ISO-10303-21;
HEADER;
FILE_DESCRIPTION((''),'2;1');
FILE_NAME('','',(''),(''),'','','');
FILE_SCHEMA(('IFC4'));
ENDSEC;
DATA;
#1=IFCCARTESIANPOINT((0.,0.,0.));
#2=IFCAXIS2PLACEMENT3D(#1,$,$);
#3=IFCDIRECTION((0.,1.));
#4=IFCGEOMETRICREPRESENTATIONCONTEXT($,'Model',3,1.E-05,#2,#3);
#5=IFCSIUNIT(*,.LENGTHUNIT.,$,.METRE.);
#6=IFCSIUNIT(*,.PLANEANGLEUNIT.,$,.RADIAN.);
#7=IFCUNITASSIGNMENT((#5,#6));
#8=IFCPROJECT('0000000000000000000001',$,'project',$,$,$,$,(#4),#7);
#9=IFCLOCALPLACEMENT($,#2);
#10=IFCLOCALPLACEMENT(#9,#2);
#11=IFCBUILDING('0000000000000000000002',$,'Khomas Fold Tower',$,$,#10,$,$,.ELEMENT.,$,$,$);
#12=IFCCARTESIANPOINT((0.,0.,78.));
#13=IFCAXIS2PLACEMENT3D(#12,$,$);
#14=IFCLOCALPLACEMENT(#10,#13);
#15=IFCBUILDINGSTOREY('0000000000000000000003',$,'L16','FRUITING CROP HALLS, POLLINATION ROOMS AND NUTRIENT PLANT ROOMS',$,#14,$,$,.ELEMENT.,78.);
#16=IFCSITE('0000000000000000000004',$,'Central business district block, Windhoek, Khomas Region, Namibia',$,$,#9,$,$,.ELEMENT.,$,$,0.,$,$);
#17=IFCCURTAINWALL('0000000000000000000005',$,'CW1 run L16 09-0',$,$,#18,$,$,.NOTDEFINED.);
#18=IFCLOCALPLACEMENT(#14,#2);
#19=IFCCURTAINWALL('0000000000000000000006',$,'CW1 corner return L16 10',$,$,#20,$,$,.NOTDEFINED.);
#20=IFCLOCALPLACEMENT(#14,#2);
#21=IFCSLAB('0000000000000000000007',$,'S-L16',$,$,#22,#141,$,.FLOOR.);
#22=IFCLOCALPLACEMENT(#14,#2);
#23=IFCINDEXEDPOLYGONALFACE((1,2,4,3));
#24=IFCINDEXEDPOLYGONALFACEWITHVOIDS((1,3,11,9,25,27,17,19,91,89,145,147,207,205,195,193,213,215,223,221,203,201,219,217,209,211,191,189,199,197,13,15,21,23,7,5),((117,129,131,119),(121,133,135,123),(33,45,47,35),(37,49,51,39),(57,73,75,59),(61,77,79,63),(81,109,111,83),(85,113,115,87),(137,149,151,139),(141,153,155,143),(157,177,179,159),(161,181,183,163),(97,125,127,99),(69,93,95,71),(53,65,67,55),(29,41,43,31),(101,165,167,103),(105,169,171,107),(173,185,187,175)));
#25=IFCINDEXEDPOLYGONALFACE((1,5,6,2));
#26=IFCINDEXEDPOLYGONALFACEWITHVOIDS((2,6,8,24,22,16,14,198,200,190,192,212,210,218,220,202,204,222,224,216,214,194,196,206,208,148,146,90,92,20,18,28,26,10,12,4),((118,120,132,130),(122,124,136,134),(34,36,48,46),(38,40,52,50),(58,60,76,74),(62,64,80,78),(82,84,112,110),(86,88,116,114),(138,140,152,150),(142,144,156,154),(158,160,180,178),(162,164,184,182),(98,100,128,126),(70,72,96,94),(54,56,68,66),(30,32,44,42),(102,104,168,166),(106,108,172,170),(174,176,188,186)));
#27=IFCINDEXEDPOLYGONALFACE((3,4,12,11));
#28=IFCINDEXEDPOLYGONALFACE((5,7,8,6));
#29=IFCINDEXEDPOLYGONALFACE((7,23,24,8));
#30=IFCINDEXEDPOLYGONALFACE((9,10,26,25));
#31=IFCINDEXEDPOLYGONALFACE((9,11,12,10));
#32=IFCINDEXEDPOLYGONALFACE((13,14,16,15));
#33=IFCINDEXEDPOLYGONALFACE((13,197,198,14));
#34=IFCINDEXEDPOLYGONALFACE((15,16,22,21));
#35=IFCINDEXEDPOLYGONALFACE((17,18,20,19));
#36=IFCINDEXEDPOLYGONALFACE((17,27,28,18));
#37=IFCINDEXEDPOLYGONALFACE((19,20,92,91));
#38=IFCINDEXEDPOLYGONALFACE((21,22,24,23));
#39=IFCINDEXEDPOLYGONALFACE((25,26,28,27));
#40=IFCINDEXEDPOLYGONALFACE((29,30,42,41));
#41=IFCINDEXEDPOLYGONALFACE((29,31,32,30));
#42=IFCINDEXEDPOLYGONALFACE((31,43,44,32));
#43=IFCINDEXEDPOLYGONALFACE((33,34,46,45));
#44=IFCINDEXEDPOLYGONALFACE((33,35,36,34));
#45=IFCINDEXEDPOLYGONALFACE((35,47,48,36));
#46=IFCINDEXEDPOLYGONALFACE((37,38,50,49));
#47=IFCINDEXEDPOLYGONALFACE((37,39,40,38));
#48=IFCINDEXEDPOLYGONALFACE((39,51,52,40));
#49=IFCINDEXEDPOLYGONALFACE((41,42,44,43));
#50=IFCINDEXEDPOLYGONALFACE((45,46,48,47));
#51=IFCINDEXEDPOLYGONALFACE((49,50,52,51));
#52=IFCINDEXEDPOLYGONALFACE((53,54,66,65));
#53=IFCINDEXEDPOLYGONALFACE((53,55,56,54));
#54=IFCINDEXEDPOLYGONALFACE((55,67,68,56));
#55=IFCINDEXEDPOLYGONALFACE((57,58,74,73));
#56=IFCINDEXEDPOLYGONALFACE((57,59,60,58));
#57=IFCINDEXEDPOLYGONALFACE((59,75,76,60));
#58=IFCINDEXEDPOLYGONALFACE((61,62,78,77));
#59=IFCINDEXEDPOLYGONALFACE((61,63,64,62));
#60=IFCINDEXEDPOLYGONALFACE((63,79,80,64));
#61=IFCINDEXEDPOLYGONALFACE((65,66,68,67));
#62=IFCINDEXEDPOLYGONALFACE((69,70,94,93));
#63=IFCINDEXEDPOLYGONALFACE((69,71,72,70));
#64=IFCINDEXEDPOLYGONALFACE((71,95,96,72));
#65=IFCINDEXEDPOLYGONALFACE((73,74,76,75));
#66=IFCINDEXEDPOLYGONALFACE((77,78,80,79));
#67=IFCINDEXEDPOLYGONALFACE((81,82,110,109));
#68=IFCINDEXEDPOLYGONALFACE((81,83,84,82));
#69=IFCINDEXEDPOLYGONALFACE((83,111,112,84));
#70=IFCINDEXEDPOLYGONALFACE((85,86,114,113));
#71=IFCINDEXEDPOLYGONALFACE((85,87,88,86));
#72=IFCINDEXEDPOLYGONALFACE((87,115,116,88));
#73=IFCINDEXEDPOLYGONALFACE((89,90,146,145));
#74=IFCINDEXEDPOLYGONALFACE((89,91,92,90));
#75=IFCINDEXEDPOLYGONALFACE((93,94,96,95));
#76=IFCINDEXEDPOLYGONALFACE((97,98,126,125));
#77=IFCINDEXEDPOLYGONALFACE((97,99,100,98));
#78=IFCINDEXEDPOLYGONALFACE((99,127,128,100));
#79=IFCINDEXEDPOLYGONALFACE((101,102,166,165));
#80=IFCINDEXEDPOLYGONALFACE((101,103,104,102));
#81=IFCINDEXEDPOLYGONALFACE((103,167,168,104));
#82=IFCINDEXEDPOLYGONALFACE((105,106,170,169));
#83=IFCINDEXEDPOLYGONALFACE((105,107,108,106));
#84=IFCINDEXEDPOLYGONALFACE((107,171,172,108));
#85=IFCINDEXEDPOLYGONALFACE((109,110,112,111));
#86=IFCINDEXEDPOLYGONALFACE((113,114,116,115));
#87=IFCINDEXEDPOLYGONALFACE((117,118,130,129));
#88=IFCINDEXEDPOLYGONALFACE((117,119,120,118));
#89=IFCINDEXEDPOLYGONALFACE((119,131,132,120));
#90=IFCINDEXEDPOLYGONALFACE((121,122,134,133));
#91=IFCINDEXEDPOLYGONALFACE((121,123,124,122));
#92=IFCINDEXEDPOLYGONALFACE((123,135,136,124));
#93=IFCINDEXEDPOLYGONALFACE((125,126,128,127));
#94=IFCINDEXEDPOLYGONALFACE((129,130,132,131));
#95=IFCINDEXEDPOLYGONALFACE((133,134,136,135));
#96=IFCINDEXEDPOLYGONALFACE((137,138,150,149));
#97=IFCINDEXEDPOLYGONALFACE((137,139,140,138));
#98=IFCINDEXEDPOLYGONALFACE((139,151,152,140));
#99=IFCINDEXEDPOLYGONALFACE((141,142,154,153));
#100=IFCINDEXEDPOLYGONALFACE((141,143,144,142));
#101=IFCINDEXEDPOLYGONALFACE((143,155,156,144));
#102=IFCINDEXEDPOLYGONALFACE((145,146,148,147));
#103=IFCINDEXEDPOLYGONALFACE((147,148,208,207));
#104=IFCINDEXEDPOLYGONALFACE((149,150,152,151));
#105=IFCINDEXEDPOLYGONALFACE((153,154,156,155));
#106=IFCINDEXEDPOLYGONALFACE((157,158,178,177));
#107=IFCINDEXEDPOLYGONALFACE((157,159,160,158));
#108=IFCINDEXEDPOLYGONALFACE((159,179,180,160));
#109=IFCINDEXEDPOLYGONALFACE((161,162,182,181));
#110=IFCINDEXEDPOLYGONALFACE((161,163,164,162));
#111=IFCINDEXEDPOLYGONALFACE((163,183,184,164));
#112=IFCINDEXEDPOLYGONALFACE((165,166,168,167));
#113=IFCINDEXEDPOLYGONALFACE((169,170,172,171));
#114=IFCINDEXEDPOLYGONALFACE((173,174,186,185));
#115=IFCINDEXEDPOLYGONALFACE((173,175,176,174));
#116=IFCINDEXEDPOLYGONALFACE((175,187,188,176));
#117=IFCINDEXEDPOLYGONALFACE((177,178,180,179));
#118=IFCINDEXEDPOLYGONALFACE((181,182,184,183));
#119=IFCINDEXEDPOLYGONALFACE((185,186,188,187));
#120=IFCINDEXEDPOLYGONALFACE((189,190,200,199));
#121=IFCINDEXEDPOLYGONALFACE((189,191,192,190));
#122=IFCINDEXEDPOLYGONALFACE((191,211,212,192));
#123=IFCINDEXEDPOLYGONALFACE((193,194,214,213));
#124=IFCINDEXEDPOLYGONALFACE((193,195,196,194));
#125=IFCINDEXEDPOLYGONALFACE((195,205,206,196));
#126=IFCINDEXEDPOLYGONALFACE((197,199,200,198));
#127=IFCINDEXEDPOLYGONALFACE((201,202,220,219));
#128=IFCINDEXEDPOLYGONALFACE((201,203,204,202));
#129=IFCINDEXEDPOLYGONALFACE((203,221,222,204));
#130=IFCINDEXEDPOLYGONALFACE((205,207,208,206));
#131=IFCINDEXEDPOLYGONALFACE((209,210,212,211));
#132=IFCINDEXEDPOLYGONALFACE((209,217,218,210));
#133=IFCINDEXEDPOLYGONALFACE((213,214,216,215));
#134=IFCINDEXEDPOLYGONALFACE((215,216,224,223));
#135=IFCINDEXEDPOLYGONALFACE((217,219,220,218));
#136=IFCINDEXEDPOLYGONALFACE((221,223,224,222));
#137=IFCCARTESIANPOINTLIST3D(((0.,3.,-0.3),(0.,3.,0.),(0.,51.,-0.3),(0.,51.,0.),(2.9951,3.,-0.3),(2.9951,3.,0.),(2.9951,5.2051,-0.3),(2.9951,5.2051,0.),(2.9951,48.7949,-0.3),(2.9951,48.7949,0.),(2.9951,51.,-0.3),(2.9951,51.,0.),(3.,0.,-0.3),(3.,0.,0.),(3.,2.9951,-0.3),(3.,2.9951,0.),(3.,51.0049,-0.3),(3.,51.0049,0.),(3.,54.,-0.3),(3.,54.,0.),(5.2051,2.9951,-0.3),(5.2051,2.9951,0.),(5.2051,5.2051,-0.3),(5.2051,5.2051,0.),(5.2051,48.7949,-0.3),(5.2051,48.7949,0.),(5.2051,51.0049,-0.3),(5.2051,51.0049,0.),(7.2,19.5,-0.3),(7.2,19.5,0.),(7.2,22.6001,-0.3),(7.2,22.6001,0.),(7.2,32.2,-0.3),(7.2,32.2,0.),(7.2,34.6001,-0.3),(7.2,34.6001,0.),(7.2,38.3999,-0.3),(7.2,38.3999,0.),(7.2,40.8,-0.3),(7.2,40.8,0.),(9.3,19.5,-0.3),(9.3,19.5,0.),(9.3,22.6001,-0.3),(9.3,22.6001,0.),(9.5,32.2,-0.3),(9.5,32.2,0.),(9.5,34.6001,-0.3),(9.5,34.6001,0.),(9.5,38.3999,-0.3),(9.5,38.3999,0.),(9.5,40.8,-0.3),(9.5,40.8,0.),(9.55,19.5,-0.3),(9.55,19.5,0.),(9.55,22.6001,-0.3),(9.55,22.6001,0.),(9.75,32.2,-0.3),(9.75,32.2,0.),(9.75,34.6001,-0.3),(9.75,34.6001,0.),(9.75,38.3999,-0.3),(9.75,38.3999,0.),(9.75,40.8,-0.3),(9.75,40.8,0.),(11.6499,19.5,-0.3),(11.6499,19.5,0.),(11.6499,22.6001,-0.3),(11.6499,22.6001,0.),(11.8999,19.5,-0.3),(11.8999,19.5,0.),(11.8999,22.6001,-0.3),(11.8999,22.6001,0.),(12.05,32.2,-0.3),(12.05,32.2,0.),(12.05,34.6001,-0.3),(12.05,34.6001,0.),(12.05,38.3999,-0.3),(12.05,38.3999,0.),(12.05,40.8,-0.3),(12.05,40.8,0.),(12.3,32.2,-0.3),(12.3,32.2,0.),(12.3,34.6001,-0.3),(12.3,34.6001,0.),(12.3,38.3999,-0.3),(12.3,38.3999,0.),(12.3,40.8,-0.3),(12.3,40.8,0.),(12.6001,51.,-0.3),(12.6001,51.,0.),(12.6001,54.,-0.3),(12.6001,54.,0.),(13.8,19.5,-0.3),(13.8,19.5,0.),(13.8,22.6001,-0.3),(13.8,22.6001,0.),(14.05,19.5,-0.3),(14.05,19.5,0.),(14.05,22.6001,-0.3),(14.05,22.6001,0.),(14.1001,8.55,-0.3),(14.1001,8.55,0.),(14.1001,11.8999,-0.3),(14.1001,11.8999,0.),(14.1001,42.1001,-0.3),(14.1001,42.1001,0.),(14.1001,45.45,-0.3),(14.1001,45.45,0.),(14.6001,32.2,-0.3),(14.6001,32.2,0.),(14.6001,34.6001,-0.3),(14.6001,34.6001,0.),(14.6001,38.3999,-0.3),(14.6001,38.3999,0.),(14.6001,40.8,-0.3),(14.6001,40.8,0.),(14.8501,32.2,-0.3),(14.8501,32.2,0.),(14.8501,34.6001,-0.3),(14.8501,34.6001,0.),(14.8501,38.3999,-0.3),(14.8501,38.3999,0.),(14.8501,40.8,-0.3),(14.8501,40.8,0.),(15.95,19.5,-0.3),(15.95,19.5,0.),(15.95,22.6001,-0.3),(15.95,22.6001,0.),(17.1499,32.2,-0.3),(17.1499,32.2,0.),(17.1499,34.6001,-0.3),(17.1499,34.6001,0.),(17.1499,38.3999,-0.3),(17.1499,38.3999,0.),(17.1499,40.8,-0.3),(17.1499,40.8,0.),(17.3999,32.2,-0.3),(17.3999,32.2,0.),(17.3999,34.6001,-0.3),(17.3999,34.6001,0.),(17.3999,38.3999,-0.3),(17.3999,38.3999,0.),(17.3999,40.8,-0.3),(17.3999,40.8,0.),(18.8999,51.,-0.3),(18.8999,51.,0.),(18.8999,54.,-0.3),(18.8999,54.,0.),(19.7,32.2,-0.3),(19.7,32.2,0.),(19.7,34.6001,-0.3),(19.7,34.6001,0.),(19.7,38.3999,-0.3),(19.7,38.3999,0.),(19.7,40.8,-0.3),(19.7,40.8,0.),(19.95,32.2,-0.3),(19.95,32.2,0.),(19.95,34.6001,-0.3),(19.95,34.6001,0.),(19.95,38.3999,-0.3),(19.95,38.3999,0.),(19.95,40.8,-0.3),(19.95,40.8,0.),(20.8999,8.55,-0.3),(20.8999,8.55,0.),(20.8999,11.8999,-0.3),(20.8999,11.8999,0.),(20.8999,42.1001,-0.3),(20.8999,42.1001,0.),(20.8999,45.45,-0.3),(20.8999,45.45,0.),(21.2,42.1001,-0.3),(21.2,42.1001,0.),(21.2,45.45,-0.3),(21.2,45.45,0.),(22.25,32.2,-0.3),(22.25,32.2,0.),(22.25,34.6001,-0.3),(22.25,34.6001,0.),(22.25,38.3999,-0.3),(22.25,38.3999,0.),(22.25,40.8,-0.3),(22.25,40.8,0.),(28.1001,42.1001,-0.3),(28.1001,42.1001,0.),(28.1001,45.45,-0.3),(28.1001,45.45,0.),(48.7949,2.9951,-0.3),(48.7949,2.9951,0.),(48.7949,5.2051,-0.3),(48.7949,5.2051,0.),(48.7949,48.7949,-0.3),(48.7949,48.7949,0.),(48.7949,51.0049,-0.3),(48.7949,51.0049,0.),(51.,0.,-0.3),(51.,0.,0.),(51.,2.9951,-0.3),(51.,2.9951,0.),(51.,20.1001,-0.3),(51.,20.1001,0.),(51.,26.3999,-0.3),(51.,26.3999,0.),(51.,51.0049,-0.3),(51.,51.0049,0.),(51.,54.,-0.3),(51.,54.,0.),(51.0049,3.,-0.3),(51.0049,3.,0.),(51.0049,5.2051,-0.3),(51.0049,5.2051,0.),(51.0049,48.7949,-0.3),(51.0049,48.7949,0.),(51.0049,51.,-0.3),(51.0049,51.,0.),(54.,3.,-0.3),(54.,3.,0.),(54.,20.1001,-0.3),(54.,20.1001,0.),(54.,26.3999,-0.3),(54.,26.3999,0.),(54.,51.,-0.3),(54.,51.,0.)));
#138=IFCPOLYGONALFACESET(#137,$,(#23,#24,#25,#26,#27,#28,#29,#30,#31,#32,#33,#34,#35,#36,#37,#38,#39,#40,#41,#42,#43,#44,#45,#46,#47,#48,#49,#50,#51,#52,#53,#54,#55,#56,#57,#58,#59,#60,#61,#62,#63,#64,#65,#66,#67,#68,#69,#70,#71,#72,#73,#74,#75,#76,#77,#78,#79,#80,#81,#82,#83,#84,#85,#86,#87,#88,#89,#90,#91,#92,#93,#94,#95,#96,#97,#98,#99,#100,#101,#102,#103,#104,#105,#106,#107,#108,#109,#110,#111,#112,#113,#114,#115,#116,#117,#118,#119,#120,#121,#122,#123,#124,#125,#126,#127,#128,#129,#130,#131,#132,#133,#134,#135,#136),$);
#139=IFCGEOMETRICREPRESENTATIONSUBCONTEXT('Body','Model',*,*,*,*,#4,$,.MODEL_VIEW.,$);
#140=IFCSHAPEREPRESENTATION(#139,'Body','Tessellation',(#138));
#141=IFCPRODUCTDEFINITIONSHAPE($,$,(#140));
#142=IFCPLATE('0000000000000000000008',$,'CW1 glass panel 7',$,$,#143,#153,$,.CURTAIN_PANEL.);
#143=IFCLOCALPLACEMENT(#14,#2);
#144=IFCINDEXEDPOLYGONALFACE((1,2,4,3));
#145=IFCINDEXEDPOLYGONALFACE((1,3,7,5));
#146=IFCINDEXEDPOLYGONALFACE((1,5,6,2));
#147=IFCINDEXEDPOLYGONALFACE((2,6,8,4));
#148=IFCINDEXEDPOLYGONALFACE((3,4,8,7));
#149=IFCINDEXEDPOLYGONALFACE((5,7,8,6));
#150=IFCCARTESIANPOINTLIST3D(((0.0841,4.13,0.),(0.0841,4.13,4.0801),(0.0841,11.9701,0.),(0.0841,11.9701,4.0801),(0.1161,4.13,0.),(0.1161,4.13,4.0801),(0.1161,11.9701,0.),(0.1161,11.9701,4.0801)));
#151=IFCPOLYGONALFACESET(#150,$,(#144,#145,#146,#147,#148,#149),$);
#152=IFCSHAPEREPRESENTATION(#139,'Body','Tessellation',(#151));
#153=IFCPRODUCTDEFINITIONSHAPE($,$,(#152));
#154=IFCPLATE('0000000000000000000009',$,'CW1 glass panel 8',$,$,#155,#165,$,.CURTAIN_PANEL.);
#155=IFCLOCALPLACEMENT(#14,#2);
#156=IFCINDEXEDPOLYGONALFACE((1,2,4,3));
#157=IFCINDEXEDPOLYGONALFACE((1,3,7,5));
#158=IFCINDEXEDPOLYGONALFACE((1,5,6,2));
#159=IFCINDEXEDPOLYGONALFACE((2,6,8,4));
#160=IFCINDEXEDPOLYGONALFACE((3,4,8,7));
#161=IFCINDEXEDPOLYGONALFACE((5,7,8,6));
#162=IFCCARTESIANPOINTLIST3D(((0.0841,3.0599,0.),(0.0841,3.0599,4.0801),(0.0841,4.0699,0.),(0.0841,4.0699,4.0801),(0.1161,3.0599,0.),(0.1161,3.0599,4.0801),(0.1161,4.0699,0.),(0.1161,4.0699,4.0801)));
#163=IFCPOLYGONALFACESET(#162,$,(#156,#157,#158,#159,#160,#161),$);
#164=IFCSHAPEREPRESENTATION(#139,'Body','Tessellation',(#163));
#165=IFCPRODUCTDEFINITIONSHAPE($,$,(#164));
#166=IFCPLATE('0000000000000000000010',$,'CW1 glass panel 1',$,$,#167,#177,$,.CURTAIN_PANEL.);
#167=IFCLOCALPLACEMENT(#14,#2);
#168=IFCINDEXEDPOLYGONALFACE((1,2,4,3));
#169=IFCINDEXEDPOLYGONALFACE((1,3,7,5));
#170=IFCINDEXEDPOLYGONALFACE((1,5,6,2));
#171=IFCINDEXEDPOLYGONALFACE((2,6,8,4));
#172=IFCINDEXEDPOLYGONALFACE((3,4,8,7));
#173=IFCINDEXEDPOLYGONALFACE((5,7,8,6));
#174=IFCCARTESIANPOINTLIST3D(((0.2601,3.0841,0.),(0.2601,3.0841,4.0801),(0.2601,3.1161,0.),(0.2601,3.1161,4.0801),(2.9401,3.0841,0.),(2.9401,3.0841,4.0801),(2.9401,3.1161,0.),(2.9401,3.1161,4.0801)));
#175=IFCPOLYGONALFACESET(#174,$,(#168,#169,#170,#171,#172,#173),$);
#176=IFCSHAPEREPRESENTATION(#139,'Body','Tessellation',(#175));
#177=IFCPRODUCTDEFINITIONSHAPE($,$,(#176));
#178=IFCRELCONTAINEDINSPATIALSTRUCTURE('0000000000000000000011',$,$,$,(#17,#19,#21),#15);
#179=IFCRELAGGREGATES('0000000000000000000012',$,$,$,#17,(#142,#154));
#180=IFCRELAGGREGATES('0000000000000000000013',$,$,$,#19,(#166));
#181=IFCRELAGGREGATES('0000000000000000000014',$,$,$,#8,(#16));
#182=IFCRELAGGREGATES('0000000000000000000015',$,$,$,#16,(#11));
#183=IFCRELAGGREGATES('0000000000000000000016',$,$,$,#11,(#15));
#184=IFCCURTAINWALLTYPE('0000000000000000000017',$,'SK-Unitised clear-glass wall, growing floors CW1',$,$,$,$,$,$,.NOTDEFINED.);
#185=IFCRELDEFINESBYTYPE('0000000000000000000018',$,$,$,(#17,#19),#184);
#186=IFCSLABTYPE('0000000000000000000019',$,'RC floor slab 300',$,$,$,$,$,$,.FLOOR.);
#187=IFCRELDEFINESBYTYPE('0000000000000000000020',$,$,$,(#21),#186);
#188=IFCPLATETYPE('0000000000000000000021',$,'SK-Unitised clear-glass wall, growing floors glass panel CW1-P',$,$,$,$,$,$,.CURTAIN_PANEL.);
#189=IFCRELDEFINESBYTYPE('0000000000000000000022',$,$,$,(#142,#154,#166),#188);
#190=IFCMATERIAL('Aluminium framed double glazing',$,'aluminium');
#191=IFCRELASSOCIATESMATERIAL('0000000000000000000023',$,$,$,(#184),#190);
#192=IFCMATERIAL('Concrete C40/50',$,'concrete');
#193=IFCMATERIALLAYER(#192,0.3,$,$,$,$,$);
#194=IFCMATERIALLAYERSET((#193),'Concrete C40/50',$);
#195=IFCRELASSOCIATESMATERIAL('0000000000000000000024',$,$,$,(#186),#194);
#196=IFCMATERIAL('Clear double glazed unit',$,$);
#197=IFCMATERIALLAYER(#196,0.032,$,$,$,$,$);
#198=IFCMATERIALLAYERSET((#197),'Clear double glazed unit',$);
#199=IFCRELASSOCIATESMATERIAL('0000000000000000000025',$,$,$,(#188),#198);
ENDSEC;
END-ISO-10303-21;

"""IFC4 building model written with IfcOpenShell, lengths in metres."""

from ifc_helpers import new_model, si_unit, direction, frame, origin, origin_2d, place, context, subcontext, project, spatial, polyline, rectangle, outline, extrude, source, transform, mapped, material, layer, layer_set, type_object, element, aggregate, save


model = new_model("IFC4")

# Units and contexts
model_context = context("Model", 3, precision=1e-05, world=origin(), true_north=direction((0.0, 1.0)))
body_context = subcontext(model_context, "Body", "Model", "MODEL_VIEW")
ifc_project = project(units=[si_unit("LENGTHUNIT", "METRE"), si_unit("PLANEANGLEUNIT", "RADIAN")], contexts=[model_context])

# Site, building, storey
site_placement = place(None, origin())
site = spatial("IfcSite", under=ifc_project, at=site_placement, Name="Central business district block, Windhoek, Khomas Region, Namibia", CompositionType="ELEMENT", RefElevation=0.0)
building_placement = place(site_placement, origin())
building = spatial("IfcBuilding", under=site, at=building_placement, Name="Khomas Fold Tower", CompositionType="ELEMENT")
storey_placement = place(building_placement, frame((0.0, 0.0, 78.0)))
storey = spatial("IfcBuildingStorey", under=building, at=storey_placement, Name="L16", Description="FRUITING CROP HALLS, POLLINATION ROOMS AND NUTRIENT PLANT ROOMS", CompositionType="ELEMENT", Elevation=78.0)

# Curtain walls
ifc_material_1 = material(Name="Aluminium framed double glazing", Category="aluminium")
curtain_wall_type = type_object("IfcCurtainWallType", Name="SK-Unitised clear-glass wall, growing floors CW1", PredefinedType="NOTDEFINED", material=ifc_material_1)
curtain_wall_1_placement = place(storey_placement, origin())
curtain_wall_1 = element("IfcCurtainWall", 1, at=curtain_wall_1_placement, inside=storey, type_object=curtain_wall_type, Name="CW1 run L16 09-0", PredefinedType="NOTDEFINED")
curtain_wall_2_placement = place(storey_placement, origin())
curtain_wall_2 = element("IfcCurtainWall", 2, at=curtain_wall_2_placement, inside=storey, type_object=curtain_wall_type, Name="CW1 corner return L16 10", PredefinedType="NOTDEFINED")

# Slab
ifc_material_2 = material(Name="Concrete C40/50", Category="concrete")
ifc_layer_1 = layer(ifc_material_2, 0.3)
ifc_layer_set_1 = layer_set([ifc_layer_1], Name="Concrete C40/50")
slab_type_1 = type_object("IfcSlabType", Name="RC floor slab 300", PredefinedType="FLOOR", material=ifc_layer_set_1)
shared_shape_1 = source(origin(), body_context, "Body", "SweptSolid", [
    extrude(outline(polyline([(0.0, 3.0), (2.9951, 3.0), (2.9951, 5.2051), (5.2051, 5.2051), (5.2051, 2.9951), (3.0, 2.9951), (3.0, 0.0), (51.0, 0.0), (51.0, 2.9951), (48.7949, 2.9951), (48.7949, 5.2051), (51.0049, 5.2051), (51.0049, 3.0), (54.0, 3.0), (54.0, 20.1001), (51.0, 20.1001), (51.0, 26.3999), (54.0, 26.3999), (54.0, 51.0), (51.0049, 51.0), (51.0049, 48.7949), (48.7949, 48.7949), (48.7949, 51.0049), (51.0, 51.0049), (51.0, 54.0), (18.8999, 54.0), (18.8999, 51.0), (12.6001, 51.0), (12.6001, 54.0), (3.0, 54.0), (3.0, 51.0049), (5.2051, 51.0049), (5.2051, 48.7949), (2.9951, 48.7949), (2.9951, 51.0), (0.0, 51.0), (0.0, 3.0)]), holes=[polyline([(7.2, 19.5), (7.2, 22.6001), (9.3, 22.6001), (9.3, 19.5), (7.2, 19.5)]), polyline([(7.2, 32.2), (7.2, 34.6001), (9.5, 34.6001), (9.5, 32.2), (7.2, 32.2)]), polyline([(7.2, 38.3999), (7.2, 40.8), (9.5, 40.8), (9.5, 38.3999), (7.2, 38.3999)]), polyline([(9.55, 19.5), (9.55, 22.6001), (11.6499, 22.6001), (11.6499, 19.5), (9.55, 19.5)]), polyline([(9.75, 32.2), (9.75, 34.6001), (12.05, 34.6001), (12.05, 32.2), (9.75, 32.2)]), polyline([(9.75, 38.3999), (9.75, 40.8), (12.05, 40.8), (12.05, 38.3999), (9.75, 38.3999)]), polyline([(11.8999, 19.5), (11.8999, 22.6001), (13.8, 22.6001), (13.8, 19.5), (11.8999, 19.5)]), polyline([(12.3, 32.2), (12.3, 34.6001), (14.6001, 34.6001), (14.6001, 32.2), (12.3, 32.2)]), polyline([(12.3, 38.3999), (12.3, 40.8), (14.6001, 40.8), (14.6001, 38.3999), (12.3, 38.3999)]), polyline([(14.05, 19.5), (14.05, 22.6001), (15.95, 22.6001), (15.95, 19.5), (14.05, 19.5)]), polyline([(14.1001, 8.55), (14.1001, 11.8999), (20.8999, 11.8999), (20.8999, 8.55), (14.1001, 8.55)]), polyline([(14.1001, 42.1001), (14.1001, 45.45), (20.8999, 45.45), (20.8999, 42.1001), (14.1001, 42.1001)]), polyline([(14.8501, 32.2), (14.8501, 34.6001), (17.1499, 34.6001), (17.1499, 32.2), (14.8501, 32.2)]), polyline([(14.8501, 38.3999), (14.8501, 40.8), (17.1499, 40.8), (17.1499, 38.3999), (14.8501, 38.3999)]), polyline([(17.3999, 32.2), (17.3999, 34.6001), (19.7, 34.6001), (19.7, 32.2), (17.3999, 32.2)]), polyline([(17.3999, 38.3999), (17.3999, 40.8), (19.7, 40.8), (19.7, 38.3999), (17.3999, 38.3999)]), polyline([(19.95, 32.2), (19.95, 34.6001), (22.25, 34.6001), (22.25, 32.2), (19.95, 32.2)]), polyline([(19.95, 38.3999), (19.95, 40.8), (22.25, 40.8), (22.25, 38.3999), (19.95, 38.3999)]), polyline([(21.2, 42.1001), (21.2, 45.45), (28.1001, 45.45), (28.1001, 42.1001), (21.2, 42.1001)])]), origin(), (0.0, 0.0, 1.0), 0.3),
])
slab_1_placement = place(storey_placement, frame((0.0, 0.0, -0.3)))
element("IfcSlab", 3, at=slab_1_placement, inside=storey, type_object=slab_type_1, Name="S-L16", PredefinedType="FLOOR", context=body_context, shape_type="MappedRepresentation", body=[
    mapped(shared_shape_1, transform((0.0, 0.0, 0.0))),
])

# Plates
ifc_material_3 = material(Name="Clear double glazed unit")
ifc_layer_2 = layer(ifc_material_3, 0.032)
ifc_layer_set_2 = layer_set([ifc_layer_2], Name="Clear double glazed unit")
plate_type = type_object("IfcPlateType", Name="SK-Unitised clear-glass wall, growing floors glass panel CW1-P", PredefinedType="CURTAIN_PANEL", material=ifc_layer_set_2)
shared_shape_2 = source(origin(), body_context, "Body", "SweptSolid", [
    extrude(rectangle(XDim=7.8401, YDim=0.032, at=origin_2d()), origin(), (0.0, 0.0, 1.0), 4.0801),
])
plate_1_placement = place(storey_placement, frame((0.1001, 8.05, 0.0), z_axis=(0.0, 0.0, 1.0), x_axis=(0.0, -1.0, 0.0)))
plate_1 = element("IfcPlate", 4, at=plate_1_placement, type_object=plate_type, Name="CW1 glass panel 7", PredefinedType="CURTAIN_PANEL", context=body_context, shape_type="MappedRepresentation", body=[
    mapped(shared_shape_2, transform((0.0, 0.0, 0.0))),
])
shared_shape_3 = source(origin(), body_context, "Body", "SweptSolid", [
    extrude(rectangle(XDim=1.01, YDim=0.032, at=origin_2d()), origin(), (0.0, 0.0, 1.0), 4.0801),
])
plate_2_placement = place(storey_placement, frame((0.1001, 3.5649, 0.0), z_axis=(0.0, 0.0, 1.0), x_axis=(0.0, -1.0, 0.0)))
plate_2 = element("IfcPlate", 5, at=plate_2_placement, type_object=plate_type, Name="CW1 glass panel 8", PredefinedType="CURTAIN_PANEL", context=body_context, shape_type="MappedRepresentation", body=[
    mapped(shared_shape_3, transform((0.0, 0.0, 0.0))),
])
aggregate(curtain_wall_1, [plate_1, plate_2])
shared_shape_4 = source(origin(), body_context, "Body", "SweptSolid", [
    extrude(rectangle(XDim=2.6799, YDim=0.032, at=origin_2d()), origin(), (0.0, 0.0, 1.0), 4.0801),
])
plate_3_placement = place(storey_placement, frame((1.6001, 3.1001, 0.0), z_axis=(0.0, 0.0, 1.0), x_axis=(1.0, 0.0, 0.0)))
plate_3 = element("IfcPlate", 6, at=plate_3_placement, type_object=plate_type, Name="CW1 glass panel 1", PredefinedType="CURTAIN_PANEL", context=body_context, shape_type="MappedRepresentation", body=[
    mapped(shared_shape_4, transform((0.0, 0.0, 0.0))),
])
aggregate(curtain_wall_2, [plate_3])

save(model, "model.ifc")
